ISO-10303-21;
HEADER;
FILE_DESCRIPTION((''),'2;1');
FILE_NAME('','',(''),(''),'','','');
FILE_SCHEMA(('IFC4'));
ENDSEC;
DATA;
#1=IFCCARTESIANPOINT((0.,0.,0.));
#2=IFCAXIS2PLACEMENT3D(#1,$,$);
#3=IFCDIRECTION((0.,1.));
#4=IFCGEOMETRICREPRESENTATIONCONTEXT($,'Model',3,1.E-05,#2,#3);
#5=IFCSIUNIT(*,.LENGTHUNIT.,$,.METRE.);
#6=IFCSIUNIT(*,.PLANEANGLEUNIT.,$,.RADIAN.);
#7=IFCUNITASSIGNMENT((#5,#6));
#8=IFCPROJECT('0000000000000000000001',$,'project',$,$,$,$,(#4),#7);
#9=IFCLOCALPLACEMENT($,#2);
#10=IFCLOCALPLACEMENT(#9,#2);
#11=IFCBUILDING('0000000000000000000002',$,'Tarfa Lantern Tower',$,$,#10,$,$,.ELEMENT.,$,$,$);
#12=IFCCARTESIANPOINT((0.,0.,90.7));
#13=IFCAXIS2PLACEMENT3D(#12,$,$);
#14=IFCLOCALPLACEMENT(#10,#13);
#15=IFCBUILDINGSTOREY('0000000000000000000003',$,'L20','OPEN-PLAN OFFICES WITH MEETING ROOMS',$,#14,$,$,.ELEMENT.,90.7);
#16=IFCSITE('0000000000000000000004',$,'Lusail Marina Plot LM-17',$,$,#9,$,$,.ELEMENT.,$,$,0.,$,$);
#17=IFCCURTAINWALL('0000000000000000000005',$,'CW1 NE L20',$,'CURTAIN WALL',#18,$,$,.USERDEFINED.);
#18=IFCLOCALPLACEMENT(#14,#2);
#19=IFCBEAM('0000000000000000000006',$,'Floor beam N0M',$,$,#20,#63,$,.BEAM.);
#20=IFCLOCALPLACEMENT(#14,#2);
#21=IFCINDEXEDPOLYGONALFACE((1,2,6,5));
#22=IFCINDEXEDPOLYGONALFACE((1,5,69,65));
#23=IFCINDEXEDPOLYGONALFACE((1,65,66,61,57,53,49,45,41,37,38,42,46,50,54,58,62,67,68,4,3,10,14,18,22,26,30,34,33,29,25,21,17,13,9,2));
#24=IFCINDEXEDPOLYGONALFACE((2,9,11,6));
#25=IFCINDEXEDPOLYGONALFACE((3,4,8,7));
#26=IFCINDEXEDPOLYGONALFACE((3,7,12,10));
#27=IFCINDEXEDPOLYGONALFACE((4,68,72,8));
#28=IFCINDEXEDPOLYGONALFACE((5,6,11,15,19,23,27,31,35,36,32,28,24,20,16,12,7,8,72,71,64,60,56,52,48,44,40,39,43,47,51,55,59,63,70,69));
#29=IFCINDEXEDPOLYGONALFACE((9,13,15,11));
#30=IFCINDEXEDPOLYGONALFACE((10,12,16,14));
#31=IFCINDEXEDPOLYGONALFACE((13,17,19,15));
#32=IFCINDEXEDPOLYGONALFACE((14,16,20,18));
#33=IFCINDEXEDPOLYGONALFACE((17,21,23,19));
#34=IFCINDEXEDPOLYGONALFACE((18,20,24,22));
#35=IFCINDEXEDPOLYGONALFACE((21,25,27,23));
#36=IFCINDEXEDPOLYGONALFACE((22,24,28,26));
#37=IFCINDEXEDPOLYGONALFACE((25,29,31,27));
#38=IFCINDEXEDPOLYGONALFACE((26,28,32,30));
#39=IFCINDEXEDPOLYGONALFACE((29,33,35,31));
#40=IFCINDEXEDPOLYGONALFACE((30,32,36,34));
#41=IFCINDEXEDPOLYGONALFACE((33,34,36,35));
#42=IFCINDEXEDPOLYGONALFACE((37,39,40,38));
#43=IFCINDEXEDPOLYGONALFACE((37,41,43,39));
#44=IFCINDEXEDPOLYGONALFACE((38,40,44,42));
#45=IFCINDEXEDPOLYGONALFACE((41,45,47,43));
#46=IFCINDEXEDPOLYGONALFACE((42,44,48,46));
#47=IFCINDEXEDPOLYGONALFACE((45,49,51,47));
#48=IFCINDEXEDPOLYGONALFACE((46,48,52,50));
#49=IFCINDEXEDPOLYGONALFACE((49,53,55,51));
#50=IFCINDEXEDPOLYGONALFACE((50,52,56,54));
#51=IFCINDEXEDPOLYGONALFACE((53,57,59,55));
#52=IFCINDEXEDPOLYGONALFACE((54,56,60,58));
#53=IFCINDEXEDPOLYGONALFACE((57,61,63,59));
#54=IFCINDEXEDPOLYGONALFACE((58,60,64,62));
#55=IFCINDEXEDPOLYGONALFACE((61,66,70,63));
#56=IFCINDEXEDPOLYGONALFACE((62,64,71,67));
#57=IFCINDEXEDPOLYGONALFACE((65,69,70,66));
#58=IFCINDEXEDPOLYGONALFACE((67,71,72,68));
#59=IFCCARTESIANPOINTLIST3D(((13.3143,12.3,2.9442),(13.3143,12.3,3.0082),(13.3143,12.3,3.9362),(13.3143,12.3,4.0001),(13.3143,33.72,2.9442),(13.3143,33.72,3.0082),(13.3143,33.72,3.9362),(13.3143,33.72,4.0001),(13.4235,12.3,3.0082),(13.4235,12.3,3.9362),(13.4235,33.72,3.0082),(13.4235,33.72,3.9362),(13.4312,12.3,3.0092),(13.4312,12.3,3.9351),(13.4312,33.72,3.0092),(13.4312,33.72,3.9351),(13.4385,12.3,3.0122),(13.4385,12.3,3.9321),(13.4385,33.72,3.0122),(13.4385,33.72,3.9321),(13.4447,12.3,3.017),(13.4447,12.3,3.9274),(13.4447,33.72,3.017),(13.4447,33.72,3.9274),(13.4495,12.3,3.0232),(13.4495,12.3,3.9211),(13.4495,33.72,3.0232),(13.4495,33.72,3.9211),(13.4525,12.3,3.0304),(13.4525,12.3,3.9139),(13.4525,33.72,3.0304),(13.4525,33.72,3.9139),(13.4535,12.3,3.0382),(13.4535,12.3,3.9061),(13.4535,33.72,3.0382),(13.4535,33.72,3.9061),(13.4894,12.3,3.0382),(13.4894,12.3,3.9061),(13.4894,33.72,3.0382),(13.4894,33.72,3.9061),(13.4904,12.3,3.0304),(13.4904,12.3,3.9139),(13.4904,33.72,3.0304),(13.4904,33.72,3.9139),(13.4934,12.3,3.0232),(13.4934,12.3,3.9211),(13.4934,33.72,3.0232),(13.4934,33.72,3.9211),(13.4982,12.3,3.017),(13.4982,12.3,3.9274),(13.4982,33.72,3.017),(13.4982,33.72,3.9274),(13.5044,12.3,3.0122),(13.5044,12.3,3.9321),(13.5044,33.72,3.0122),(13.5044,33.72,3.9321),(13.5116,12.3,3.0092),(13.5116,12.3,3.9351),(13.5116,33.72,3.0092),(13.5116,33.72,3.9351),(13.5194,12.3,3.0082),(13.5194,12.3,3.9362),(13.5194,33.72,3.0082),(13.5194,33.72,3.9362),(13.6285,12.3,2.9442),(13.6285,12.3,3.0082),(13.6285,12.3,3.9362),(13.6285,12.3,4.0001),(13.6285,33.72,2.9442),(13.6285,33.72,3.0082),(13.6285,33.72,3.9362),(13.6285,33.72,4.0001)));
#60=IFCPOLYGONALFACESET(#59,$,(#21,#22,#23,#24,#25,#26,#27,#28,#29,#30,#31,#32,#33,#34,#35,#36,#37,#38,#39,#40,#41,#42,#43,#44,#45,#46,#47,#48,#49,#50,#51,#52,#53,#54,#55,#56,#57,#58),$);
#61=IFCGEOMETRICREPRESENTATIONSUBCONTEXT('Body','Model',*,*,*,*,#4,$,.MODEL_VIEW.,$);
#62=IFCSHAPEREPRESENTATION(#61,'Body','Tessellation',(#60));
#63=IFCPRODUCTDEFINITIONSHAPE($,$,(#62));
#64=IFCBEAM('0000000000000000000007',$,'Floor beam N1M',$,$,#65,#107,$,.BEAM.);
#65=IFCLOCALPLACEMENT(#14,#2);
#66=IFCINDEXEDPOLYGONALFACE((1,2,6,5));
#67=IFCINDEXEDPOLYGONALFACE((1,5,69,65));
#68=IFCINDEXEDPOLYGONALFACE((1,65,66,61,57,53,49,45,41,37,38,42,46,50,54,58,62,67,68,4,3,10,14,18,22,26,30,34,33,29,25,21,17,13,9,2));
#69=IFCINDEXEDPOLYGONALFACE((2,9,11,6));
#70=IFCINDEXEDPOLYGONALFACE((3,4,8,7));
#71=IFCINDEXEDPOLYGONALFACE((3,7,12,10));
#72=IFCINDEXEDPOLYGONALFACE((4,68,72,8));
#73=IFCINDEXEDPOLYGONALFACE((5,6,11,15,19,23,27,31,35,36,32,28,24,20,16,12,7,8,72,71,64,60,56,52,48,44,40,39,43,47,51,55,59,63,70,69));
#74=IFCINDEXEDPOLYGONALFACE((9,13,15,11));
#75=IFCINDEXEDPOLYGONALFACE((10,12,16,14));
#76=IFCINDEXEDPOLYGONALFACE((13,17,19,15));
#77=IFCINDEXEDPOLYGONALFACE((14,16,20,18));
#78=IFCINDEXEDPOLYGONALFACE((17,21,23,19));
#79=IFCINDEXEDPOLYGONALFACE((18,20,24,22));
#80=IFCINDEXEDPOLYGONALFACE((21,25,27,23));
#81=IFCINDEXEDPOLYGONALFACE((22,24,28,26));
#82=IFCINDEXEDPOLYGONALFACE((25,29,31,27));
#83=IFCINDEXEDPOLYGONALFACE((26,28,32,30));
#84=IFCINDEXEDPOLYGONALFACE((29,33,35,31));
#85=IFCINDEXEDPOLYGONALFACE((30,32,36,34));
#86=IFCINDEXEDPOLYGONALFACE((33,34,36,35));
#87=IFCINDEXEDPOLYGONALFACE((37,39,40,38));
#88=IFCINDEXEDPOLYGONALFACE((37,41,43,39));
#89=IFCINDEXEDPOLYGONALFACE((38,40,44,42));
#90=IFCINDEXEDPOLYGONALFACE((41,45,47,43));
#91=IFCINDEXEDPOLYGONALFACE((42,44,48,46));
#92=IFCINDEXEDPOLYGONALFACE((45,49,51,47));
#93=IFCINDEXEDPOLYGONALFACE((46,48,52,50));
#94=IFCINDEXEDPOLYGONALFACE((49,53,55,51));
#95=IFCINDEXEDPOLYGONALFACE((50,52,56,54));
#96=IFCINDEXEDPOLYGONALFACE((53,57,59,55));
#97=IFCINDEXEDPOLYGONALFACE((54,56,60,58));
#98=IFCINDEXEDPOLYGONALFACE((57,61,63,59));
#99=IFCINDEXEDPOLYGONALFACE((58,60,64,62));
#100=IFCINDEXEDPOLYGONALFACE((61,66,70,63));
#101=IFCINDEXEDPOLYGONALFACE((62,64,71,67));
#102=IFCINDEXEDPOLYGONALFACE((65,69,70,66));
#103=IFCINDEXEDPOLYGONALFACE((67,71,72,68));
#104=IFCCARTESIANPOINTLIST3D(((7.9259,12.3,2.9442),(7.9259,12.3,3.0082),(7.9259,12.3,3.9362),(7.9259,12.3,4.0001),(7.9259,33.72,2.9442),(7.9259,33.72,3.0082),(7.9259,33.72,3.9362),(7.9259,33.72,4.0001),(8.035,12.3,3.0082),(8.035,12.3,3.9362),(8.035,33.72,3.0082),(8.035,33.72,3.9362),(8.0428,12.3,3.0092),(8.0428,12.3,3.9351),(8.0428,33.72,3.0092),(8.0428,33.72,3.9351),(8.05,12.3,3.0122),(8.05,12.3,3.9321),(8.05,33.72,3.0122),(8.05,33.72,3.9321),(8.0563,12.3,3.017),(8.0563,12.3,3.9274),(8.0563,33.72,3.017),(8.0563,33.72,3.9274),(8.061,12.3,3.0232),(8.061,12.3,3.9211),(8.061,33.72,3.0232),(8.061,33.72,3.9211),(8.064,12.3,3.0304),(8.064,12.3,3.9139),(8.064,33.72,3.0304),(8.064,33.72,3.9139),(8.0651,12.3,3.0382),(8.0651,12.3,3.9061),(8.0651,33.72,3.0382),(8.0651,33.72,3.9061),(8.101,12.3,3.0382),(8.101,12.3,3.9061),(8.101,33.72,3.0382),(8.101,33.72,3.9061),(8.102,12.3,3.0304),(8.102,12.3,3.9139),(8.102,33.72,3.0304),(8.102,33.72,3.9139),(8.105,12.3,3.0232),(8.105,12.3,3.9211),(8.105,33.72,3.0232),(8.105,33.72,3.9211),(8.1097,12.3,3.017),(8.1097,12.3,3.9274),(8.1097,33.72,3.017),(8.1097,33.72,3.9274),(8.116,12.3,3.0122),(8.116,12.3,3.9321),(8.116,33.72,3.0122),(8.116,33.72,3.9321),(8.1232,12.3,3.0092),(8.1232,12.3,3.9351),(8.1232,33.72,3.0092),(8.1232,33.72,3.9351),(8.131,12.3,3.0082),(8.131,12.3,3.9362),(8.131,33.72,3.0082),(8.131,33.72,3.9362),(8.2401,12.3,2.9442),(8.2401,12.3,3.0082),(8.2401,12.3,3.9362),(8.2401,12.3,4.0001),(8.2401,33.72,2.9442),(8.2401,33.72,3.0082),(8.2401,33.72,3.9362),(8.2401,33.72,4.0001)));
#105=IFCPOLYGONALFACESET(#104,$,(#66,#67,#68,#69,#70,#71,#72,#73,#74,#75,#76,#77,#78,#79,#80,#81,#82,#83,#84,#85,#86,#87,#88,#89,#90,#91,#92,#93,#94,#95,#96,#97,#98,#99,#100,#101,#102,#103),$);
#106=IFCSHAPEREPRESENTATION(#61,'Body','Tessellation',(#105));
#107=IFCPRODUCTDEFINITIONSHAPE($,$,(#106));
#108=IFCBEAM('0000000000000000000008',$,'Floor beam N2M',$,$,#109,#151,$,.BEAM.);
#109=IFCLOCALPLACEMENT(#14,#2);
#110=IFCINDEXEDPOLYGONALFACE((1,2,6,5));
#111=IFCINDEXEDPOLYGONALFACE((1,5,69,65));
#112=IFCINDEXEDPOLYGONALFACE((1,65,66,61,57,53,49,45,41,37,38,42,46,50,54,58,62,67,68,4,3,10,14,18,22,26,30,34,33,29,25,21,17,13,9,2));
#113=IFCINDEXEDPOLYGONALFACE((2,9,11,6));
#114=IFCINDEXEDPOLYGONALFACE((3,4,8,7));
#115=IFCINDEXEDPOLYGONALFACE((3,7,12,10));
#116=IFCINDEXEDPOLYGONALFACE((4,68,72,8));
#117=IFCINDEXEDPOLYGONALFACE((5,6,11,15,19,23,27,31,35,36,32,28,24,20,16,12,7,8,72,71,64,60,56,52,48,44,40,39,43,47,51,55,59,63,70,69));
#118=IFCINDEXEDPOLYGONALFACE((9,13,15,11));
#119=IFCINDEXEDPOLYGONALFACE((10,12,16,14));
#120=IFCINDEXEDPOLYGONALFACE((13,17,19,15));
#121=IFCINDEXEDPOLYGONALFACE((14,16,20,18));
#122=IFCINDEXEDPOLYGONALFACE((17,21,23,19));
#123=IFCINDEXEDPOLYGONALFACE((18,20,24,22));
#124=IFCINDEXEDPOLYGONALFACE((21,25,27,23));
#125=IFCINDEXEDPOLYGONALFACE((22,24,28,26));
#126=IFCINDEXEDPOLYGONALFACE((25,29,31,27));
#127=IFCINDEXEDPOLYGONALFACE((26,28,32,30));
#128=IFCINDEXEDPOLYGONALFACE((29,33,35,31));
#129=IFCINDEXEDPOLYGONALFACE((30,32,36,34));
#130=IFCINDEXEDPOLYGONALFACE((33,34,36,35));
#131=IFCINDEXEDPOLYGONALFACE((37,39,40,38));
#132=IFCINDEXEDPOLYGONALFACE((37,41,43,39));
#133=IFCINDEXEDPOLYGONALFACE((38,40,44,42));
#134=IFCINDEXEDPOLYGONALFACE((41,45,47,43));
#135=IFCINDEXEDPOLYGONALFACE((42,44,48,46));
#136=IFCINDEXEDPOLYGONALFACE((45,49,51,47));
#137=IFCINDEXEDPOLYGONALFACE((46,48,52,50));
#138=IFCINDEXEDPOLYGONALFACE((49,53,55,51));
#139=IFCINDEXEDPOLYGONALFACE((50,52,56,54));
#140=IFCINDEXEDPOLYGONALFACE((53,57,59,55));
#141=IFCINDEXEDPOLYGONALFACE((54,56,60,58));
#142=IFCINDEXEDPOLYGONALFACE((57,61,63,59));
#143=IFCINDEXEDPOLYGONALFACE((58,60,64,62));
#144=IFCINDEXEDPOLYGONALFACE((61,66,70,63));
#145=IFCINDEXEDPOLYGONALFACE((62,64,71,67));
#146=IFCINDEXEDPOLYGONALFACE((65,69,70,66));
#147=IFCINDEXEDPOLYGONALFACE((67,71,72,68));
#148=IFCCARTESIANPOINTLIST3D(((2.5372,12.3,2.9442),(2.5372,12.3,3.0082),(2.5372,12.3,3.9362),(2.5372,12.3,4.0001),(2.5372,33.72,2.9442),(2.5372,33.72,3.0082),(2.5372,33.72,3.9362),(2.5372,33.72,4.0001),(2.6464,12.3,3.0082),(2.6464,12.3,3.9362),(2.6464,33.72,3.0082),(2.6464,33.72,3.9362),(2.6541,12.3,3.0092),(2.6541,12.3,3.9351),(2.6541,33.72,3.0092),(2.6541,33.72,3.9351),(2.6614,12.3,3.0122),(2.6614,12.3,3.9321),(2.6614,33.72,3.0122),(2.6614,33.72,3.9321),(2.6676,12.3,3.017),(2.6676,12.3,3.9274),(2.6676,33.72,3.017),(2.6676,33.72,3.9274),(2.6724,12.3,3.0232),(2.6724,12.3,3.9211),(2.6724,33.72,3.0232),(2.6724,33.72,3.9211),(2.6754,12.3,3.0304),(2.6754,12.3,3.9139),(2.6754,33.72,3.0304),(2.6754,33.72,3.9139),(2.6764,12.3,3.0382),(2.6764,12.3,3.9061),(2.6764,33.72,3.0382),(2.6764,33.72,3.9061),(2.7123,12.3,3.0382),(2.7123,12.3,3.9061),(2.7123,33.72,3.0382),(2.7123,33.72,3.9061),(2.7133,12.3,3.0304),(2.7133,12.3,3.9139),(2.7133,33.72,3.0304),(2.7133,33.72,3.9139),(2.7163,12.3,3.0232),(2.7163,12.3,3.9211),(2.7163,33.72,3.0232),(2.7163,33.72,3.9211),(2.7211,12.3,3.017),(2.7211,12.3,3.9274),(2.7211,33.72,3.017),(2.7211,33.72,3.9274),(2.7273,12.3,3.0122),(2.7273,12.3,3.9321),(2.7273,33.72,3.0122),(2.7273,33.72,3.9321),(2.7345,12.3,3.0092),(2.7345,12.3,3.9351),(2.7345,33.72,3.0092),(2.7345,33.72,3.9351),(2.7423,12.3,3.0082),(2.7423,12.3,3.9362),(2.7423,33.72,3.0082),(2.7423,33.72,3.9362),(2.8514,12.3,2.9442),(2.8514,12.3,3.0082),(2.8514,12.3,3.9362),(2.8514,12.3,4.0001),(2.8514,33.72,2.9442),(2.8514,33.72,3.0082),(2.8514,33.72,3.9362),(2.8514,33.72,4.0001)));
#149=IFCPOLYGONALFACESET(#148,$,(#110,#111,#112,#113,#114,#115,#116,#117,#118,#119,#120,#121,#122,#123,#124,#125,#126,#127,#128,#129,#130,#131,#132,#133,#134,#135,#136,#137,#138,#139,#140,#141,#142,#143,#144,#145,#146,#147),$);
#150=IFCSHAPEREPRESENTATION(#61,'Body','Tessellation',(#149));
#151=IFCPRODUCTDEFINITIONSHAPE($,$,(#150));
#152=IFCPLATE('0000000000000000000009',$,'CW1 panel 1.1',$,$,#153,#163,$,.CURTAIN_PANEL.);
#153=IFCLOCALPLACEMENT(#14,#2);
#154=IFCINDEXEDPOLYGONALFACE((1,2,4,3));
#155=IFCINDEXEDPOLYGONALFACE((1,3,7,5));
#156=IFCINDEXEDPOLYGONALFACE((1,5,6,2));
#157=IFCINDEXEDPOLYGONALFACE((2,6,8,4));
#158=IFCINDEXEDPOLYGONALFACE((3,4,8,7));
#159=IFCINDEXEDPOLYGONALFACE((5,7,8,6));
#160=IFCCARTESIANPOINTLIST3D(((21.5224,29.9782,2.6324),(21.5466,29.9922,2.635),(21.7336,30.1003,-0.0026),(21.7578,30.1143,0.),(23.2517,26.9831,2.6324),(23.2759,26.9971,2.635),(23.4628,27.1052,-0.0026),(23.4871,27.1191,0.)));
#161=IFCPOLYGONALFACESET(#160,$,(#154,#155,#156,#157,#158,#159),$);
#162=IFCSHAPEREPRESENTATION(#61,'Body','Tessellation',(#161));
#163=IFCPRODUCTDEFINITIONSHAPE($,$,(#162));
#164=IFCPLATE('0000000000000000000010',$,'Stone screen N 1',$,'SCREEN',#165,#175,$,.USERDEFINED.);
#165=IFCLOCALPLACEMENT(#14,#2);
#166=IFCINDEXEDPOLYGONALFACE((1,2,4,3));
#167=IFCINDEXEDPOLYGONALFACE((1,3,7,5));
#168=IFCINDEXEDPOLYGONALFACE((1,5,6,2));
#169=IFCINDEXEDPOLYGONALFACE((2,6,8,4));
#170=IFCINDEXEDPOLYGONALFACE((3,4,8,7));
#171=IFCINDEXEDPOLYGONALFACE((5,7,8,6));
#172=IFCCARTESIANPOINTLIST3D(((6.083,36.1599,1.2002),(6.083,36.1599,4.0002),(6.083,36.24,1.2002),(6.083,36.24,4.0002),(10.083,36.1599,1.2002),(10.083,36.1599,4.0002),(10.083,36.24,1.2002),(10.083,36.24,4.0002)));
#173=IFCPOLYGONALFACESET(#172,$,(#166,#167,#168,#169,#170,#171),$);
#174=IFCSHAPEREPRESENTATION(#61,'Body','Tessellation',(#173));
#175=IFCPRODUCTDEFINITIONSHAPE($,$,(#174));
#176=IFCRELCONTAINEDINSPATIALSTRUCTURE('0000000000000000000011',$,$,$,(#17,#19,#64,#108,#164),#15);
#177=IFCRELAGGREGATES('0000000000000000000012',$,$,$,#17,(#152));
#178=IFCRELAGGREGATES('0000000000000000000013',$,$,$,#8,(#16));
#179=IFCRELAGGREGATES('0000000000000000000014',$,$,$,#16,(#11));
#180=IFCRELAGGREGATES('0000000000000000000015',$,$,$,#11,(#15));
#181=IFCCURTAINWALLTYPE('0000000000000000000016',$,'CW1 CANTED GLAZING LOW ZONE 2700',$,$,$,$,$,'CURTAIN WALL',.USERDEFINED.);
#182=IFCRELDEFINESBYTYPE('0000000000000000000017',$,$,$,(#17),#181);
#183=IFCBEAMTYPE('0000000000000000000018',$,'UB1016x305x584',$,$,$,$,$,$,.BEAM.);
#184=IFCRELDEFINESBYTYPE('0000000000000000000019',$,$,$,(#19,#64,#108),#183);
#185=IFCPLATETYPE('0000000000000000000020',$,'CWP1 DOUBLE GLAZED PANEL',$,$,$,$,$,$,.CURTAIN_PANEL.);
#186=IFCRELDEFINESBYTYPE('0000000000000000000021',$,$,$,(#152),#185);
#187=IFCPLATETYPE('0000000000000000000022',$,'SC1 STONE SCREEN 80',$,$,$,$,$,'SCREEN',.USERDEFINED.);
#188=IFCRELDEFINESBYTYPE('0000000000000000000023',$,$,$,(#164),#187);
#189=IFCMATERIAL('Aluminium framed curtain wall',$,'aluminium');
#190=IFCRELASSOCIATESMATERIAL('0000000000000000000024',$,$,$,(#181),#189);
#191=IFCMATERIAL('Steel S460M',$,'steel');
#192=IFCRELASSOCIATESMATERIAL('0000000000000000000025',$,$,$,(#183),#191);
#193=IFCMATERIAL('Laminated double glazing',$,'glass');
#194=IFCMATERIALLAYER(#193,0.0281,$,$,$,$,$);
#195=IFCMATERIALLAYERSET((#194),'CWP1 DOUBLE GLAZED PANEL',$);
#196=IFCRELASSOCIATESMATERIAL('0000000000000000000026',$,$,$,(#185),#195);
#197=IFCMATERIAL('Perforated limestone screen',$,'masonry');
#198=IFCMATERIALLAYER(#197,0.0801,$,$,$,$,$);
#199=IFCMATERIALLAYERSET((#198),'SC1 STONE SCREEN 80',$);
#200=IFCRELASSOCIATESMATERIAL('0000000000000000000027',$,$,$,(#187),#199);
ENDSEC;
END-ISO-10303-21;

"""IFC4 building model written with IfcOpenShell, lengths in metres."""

from ifc_helpers import new_model, si_unit, direction, frame, origin, origin_2d, place, context, subcontext, project, spatial, polyline, rectangle, i_section, outline, extrude, material, layer, layer_set, material_profile, profile_set, type_object, element, aggregate, save


model = new_model("IFC4")

# Units and contexts
model_context = context("Model", 3, precision=1e-05, world=origin(), true_north=direction((0.0, 1.0)))
body_context = subcontext(model_context, "Body", "Model", "MODEL_VIEW")
ifc_project = project(units=[si_unit("LENGTHUNIT", "METRE"), si_unit("PLANEANGLEUNIT", "RADIAN")], contexts=[model_context])

# Site, building, storey
site_placement = place(None, origin())
site = spatial("IfcSite", under=ifc_project, at=site_placement, Name="Lusail Marina Plot LM-17", CompositionType="ELEMENT", RefElevation=0.0)
building_placement = place(site_placement, origin())
building = spatial("IfcBuilding", under=site, at=building_placement, Name="Tarfa Lantern Tower", CompositionType="ELEMENT")
storey_placement = place(building_placement, frame((0.0, 0.0, 90.7)))
storey = spatial("IfcBuildingStorey", under=building, at=storey_placement, Name="L20", Description="OPEN-PLAN OFFICES WITH MEETING ROOMS", CompositionType="ELEMENT", Elevation=90.7)

# Curtain wall
ifc_material_1 = material(Name="Aluminium framed curtain wall", Category="aluminium")
curtain_wall_type = type_object("IfcCurtainWallType", Name="CW1 CANTED GLAZING LOW ZONE 2700", ElementType="CURTAIN WALL", PredefinedType="USERDEFINED", material=ifc_material_1)
curtain_wall_placement = place(storey_placement, origin())
curtain_wall = element("IfcCurtainWall", 1, at=curtain_wall_placement, inside=storey, type_object=curtain_wall_type, Name="CW1 NE L20", ObjectType="CURTAIN WALL", PredefinedType="USERDEFINED")

# Beams
ifc_material_2 = material(Name="Steel S460M", Category="steel")
ifc_material_profile_1 = material_profile(ifc_material_2, i_section(OverallWidth=0.3142, OverallDepth=1.0559, WebThickness=0.0359, FlangeThickness=0.064, FilletRadius=0.03, at=origin_2d()), Name="UB1016x305x584")
ifc_profile_set_1 = profile_set([ifc_material_profile_1], Name="Steel S460M")
beam_type_1 = type_object("IfcBeamType", Name="UB1016x305x584", PredefinedType="BEAM", material=ifc_profile_set_1)
for number, where, z_axis, x_axis, name in (
    (2, (13.4714, 33.72, 3.4722), (0.0, -1.0, 0.0), (1.0, 0.0, 0.0), "Floor beam N0M"),
    (3, (8.083, 33.72, 3.4722), (0.0, -1.0, 0.0), (1.0, 0.0, 0.0), "Floor beam N1M"),
    (4, (2.6943, 33.72, 3.4722), (0.0, -1.0, 0.0), (1.0, 0.0, 0.0), "Floor beam N2M"),
):
    element("IfcBeam", number, at=place(storey_placement, frame(where, z_axis=z_axis, x_axis=x_axis)), inside=storey, type_object=beam_type_1, Name=name, PredefinedType="BEAM", context=body_context, shape_type="SweptSolid", body=[
        extrude(i_section(OverallWidth=0.3142, OverallDepth=1.0559, WebThickness=0.0359, FlangeThickness=0.064, FilletRadius=0.03, at=origin_2d()), origin(), (0.0, 0.0, 1.0), 21.4199),
    ])

# Plates
ifc_material_3 = material(Name="Laminated double glazing", Category="glass")
ifc_layer_1 = layer(ifc_material_3, 0.0281)
ifc_layer_set_1 = layer_set([ifc_layer_1], Name="CWP1 DOUBLE GLAZED PANEL")
plate_type_1 = type_object("IfcPlateType", Name="CWP1 DOUBLE GLAZED PANEL", PredefinedType="CURTAIN_PANEL", material=ifc_layer_set_1)
plate_1_placement = place(storey_placement, frame((23.4871, 27.1191, 0.0), z_axis=(0.862336, 0.497875, 0.092176), x_axis=(-0.500004, 0.866023, 0.0)))
plate_1 = element("IfcPlate", 5, at=plate_1_placement, type_object=plate_type_1, Name="CW1 panel 1.1", PredefinedType="CURTAIN_PANEL", context=body_context, shape_type="SweptSolid", body=[
    extrude(outline(polyline([(0.0, 0.0), (3.4585, 0.0), (3.4583, 2.6463), (-0.0001, 2.6463), (0.0, 0.0)])), origin(), (0.0, 0.0, -1.0), 0.0281),
])
aggregate(curtain_wall, [plate_1])
ifc_material_4 = material(Name="Perforated limestone screen", Category="masonry")
ifc_layer_2 = layer(ifc_material_4, 0.0801)
ifc_layer_set_2 = layer_set([ifc_layer_2], Name="SC1 STONE SCREEN 80")
plate_type_2 = type_object("IfcPlateType", Name="SC1 STONE SCREEN 80", ElementType="SCREEN", PredefinedType="USERDEFINED", material=ifc_layer_set_2)
plate_2_placement = place(storey_placement, frame((8.083, 36.2, 1.2002), z_axis=(0.0, 0.0, 1.0), x_axis=(-1.0, 0.0, 0.0)))
element("IfcPlate", 6, at=plate_2_placement, inside=storey, type_object=plate_type_2, Name="Stone screen N 1", ObjectType="SCREEN", PredefinedType="USERDEFINED", context=body_context, shape_type="SweptSolid", body=[
    extrude(rectangle(XDim=4.0, YDim=0.0801, at=origin_2d()), origin(), (0.0, 0.0, 1.0), 2.8),
])

save(model, "model.ifc")
